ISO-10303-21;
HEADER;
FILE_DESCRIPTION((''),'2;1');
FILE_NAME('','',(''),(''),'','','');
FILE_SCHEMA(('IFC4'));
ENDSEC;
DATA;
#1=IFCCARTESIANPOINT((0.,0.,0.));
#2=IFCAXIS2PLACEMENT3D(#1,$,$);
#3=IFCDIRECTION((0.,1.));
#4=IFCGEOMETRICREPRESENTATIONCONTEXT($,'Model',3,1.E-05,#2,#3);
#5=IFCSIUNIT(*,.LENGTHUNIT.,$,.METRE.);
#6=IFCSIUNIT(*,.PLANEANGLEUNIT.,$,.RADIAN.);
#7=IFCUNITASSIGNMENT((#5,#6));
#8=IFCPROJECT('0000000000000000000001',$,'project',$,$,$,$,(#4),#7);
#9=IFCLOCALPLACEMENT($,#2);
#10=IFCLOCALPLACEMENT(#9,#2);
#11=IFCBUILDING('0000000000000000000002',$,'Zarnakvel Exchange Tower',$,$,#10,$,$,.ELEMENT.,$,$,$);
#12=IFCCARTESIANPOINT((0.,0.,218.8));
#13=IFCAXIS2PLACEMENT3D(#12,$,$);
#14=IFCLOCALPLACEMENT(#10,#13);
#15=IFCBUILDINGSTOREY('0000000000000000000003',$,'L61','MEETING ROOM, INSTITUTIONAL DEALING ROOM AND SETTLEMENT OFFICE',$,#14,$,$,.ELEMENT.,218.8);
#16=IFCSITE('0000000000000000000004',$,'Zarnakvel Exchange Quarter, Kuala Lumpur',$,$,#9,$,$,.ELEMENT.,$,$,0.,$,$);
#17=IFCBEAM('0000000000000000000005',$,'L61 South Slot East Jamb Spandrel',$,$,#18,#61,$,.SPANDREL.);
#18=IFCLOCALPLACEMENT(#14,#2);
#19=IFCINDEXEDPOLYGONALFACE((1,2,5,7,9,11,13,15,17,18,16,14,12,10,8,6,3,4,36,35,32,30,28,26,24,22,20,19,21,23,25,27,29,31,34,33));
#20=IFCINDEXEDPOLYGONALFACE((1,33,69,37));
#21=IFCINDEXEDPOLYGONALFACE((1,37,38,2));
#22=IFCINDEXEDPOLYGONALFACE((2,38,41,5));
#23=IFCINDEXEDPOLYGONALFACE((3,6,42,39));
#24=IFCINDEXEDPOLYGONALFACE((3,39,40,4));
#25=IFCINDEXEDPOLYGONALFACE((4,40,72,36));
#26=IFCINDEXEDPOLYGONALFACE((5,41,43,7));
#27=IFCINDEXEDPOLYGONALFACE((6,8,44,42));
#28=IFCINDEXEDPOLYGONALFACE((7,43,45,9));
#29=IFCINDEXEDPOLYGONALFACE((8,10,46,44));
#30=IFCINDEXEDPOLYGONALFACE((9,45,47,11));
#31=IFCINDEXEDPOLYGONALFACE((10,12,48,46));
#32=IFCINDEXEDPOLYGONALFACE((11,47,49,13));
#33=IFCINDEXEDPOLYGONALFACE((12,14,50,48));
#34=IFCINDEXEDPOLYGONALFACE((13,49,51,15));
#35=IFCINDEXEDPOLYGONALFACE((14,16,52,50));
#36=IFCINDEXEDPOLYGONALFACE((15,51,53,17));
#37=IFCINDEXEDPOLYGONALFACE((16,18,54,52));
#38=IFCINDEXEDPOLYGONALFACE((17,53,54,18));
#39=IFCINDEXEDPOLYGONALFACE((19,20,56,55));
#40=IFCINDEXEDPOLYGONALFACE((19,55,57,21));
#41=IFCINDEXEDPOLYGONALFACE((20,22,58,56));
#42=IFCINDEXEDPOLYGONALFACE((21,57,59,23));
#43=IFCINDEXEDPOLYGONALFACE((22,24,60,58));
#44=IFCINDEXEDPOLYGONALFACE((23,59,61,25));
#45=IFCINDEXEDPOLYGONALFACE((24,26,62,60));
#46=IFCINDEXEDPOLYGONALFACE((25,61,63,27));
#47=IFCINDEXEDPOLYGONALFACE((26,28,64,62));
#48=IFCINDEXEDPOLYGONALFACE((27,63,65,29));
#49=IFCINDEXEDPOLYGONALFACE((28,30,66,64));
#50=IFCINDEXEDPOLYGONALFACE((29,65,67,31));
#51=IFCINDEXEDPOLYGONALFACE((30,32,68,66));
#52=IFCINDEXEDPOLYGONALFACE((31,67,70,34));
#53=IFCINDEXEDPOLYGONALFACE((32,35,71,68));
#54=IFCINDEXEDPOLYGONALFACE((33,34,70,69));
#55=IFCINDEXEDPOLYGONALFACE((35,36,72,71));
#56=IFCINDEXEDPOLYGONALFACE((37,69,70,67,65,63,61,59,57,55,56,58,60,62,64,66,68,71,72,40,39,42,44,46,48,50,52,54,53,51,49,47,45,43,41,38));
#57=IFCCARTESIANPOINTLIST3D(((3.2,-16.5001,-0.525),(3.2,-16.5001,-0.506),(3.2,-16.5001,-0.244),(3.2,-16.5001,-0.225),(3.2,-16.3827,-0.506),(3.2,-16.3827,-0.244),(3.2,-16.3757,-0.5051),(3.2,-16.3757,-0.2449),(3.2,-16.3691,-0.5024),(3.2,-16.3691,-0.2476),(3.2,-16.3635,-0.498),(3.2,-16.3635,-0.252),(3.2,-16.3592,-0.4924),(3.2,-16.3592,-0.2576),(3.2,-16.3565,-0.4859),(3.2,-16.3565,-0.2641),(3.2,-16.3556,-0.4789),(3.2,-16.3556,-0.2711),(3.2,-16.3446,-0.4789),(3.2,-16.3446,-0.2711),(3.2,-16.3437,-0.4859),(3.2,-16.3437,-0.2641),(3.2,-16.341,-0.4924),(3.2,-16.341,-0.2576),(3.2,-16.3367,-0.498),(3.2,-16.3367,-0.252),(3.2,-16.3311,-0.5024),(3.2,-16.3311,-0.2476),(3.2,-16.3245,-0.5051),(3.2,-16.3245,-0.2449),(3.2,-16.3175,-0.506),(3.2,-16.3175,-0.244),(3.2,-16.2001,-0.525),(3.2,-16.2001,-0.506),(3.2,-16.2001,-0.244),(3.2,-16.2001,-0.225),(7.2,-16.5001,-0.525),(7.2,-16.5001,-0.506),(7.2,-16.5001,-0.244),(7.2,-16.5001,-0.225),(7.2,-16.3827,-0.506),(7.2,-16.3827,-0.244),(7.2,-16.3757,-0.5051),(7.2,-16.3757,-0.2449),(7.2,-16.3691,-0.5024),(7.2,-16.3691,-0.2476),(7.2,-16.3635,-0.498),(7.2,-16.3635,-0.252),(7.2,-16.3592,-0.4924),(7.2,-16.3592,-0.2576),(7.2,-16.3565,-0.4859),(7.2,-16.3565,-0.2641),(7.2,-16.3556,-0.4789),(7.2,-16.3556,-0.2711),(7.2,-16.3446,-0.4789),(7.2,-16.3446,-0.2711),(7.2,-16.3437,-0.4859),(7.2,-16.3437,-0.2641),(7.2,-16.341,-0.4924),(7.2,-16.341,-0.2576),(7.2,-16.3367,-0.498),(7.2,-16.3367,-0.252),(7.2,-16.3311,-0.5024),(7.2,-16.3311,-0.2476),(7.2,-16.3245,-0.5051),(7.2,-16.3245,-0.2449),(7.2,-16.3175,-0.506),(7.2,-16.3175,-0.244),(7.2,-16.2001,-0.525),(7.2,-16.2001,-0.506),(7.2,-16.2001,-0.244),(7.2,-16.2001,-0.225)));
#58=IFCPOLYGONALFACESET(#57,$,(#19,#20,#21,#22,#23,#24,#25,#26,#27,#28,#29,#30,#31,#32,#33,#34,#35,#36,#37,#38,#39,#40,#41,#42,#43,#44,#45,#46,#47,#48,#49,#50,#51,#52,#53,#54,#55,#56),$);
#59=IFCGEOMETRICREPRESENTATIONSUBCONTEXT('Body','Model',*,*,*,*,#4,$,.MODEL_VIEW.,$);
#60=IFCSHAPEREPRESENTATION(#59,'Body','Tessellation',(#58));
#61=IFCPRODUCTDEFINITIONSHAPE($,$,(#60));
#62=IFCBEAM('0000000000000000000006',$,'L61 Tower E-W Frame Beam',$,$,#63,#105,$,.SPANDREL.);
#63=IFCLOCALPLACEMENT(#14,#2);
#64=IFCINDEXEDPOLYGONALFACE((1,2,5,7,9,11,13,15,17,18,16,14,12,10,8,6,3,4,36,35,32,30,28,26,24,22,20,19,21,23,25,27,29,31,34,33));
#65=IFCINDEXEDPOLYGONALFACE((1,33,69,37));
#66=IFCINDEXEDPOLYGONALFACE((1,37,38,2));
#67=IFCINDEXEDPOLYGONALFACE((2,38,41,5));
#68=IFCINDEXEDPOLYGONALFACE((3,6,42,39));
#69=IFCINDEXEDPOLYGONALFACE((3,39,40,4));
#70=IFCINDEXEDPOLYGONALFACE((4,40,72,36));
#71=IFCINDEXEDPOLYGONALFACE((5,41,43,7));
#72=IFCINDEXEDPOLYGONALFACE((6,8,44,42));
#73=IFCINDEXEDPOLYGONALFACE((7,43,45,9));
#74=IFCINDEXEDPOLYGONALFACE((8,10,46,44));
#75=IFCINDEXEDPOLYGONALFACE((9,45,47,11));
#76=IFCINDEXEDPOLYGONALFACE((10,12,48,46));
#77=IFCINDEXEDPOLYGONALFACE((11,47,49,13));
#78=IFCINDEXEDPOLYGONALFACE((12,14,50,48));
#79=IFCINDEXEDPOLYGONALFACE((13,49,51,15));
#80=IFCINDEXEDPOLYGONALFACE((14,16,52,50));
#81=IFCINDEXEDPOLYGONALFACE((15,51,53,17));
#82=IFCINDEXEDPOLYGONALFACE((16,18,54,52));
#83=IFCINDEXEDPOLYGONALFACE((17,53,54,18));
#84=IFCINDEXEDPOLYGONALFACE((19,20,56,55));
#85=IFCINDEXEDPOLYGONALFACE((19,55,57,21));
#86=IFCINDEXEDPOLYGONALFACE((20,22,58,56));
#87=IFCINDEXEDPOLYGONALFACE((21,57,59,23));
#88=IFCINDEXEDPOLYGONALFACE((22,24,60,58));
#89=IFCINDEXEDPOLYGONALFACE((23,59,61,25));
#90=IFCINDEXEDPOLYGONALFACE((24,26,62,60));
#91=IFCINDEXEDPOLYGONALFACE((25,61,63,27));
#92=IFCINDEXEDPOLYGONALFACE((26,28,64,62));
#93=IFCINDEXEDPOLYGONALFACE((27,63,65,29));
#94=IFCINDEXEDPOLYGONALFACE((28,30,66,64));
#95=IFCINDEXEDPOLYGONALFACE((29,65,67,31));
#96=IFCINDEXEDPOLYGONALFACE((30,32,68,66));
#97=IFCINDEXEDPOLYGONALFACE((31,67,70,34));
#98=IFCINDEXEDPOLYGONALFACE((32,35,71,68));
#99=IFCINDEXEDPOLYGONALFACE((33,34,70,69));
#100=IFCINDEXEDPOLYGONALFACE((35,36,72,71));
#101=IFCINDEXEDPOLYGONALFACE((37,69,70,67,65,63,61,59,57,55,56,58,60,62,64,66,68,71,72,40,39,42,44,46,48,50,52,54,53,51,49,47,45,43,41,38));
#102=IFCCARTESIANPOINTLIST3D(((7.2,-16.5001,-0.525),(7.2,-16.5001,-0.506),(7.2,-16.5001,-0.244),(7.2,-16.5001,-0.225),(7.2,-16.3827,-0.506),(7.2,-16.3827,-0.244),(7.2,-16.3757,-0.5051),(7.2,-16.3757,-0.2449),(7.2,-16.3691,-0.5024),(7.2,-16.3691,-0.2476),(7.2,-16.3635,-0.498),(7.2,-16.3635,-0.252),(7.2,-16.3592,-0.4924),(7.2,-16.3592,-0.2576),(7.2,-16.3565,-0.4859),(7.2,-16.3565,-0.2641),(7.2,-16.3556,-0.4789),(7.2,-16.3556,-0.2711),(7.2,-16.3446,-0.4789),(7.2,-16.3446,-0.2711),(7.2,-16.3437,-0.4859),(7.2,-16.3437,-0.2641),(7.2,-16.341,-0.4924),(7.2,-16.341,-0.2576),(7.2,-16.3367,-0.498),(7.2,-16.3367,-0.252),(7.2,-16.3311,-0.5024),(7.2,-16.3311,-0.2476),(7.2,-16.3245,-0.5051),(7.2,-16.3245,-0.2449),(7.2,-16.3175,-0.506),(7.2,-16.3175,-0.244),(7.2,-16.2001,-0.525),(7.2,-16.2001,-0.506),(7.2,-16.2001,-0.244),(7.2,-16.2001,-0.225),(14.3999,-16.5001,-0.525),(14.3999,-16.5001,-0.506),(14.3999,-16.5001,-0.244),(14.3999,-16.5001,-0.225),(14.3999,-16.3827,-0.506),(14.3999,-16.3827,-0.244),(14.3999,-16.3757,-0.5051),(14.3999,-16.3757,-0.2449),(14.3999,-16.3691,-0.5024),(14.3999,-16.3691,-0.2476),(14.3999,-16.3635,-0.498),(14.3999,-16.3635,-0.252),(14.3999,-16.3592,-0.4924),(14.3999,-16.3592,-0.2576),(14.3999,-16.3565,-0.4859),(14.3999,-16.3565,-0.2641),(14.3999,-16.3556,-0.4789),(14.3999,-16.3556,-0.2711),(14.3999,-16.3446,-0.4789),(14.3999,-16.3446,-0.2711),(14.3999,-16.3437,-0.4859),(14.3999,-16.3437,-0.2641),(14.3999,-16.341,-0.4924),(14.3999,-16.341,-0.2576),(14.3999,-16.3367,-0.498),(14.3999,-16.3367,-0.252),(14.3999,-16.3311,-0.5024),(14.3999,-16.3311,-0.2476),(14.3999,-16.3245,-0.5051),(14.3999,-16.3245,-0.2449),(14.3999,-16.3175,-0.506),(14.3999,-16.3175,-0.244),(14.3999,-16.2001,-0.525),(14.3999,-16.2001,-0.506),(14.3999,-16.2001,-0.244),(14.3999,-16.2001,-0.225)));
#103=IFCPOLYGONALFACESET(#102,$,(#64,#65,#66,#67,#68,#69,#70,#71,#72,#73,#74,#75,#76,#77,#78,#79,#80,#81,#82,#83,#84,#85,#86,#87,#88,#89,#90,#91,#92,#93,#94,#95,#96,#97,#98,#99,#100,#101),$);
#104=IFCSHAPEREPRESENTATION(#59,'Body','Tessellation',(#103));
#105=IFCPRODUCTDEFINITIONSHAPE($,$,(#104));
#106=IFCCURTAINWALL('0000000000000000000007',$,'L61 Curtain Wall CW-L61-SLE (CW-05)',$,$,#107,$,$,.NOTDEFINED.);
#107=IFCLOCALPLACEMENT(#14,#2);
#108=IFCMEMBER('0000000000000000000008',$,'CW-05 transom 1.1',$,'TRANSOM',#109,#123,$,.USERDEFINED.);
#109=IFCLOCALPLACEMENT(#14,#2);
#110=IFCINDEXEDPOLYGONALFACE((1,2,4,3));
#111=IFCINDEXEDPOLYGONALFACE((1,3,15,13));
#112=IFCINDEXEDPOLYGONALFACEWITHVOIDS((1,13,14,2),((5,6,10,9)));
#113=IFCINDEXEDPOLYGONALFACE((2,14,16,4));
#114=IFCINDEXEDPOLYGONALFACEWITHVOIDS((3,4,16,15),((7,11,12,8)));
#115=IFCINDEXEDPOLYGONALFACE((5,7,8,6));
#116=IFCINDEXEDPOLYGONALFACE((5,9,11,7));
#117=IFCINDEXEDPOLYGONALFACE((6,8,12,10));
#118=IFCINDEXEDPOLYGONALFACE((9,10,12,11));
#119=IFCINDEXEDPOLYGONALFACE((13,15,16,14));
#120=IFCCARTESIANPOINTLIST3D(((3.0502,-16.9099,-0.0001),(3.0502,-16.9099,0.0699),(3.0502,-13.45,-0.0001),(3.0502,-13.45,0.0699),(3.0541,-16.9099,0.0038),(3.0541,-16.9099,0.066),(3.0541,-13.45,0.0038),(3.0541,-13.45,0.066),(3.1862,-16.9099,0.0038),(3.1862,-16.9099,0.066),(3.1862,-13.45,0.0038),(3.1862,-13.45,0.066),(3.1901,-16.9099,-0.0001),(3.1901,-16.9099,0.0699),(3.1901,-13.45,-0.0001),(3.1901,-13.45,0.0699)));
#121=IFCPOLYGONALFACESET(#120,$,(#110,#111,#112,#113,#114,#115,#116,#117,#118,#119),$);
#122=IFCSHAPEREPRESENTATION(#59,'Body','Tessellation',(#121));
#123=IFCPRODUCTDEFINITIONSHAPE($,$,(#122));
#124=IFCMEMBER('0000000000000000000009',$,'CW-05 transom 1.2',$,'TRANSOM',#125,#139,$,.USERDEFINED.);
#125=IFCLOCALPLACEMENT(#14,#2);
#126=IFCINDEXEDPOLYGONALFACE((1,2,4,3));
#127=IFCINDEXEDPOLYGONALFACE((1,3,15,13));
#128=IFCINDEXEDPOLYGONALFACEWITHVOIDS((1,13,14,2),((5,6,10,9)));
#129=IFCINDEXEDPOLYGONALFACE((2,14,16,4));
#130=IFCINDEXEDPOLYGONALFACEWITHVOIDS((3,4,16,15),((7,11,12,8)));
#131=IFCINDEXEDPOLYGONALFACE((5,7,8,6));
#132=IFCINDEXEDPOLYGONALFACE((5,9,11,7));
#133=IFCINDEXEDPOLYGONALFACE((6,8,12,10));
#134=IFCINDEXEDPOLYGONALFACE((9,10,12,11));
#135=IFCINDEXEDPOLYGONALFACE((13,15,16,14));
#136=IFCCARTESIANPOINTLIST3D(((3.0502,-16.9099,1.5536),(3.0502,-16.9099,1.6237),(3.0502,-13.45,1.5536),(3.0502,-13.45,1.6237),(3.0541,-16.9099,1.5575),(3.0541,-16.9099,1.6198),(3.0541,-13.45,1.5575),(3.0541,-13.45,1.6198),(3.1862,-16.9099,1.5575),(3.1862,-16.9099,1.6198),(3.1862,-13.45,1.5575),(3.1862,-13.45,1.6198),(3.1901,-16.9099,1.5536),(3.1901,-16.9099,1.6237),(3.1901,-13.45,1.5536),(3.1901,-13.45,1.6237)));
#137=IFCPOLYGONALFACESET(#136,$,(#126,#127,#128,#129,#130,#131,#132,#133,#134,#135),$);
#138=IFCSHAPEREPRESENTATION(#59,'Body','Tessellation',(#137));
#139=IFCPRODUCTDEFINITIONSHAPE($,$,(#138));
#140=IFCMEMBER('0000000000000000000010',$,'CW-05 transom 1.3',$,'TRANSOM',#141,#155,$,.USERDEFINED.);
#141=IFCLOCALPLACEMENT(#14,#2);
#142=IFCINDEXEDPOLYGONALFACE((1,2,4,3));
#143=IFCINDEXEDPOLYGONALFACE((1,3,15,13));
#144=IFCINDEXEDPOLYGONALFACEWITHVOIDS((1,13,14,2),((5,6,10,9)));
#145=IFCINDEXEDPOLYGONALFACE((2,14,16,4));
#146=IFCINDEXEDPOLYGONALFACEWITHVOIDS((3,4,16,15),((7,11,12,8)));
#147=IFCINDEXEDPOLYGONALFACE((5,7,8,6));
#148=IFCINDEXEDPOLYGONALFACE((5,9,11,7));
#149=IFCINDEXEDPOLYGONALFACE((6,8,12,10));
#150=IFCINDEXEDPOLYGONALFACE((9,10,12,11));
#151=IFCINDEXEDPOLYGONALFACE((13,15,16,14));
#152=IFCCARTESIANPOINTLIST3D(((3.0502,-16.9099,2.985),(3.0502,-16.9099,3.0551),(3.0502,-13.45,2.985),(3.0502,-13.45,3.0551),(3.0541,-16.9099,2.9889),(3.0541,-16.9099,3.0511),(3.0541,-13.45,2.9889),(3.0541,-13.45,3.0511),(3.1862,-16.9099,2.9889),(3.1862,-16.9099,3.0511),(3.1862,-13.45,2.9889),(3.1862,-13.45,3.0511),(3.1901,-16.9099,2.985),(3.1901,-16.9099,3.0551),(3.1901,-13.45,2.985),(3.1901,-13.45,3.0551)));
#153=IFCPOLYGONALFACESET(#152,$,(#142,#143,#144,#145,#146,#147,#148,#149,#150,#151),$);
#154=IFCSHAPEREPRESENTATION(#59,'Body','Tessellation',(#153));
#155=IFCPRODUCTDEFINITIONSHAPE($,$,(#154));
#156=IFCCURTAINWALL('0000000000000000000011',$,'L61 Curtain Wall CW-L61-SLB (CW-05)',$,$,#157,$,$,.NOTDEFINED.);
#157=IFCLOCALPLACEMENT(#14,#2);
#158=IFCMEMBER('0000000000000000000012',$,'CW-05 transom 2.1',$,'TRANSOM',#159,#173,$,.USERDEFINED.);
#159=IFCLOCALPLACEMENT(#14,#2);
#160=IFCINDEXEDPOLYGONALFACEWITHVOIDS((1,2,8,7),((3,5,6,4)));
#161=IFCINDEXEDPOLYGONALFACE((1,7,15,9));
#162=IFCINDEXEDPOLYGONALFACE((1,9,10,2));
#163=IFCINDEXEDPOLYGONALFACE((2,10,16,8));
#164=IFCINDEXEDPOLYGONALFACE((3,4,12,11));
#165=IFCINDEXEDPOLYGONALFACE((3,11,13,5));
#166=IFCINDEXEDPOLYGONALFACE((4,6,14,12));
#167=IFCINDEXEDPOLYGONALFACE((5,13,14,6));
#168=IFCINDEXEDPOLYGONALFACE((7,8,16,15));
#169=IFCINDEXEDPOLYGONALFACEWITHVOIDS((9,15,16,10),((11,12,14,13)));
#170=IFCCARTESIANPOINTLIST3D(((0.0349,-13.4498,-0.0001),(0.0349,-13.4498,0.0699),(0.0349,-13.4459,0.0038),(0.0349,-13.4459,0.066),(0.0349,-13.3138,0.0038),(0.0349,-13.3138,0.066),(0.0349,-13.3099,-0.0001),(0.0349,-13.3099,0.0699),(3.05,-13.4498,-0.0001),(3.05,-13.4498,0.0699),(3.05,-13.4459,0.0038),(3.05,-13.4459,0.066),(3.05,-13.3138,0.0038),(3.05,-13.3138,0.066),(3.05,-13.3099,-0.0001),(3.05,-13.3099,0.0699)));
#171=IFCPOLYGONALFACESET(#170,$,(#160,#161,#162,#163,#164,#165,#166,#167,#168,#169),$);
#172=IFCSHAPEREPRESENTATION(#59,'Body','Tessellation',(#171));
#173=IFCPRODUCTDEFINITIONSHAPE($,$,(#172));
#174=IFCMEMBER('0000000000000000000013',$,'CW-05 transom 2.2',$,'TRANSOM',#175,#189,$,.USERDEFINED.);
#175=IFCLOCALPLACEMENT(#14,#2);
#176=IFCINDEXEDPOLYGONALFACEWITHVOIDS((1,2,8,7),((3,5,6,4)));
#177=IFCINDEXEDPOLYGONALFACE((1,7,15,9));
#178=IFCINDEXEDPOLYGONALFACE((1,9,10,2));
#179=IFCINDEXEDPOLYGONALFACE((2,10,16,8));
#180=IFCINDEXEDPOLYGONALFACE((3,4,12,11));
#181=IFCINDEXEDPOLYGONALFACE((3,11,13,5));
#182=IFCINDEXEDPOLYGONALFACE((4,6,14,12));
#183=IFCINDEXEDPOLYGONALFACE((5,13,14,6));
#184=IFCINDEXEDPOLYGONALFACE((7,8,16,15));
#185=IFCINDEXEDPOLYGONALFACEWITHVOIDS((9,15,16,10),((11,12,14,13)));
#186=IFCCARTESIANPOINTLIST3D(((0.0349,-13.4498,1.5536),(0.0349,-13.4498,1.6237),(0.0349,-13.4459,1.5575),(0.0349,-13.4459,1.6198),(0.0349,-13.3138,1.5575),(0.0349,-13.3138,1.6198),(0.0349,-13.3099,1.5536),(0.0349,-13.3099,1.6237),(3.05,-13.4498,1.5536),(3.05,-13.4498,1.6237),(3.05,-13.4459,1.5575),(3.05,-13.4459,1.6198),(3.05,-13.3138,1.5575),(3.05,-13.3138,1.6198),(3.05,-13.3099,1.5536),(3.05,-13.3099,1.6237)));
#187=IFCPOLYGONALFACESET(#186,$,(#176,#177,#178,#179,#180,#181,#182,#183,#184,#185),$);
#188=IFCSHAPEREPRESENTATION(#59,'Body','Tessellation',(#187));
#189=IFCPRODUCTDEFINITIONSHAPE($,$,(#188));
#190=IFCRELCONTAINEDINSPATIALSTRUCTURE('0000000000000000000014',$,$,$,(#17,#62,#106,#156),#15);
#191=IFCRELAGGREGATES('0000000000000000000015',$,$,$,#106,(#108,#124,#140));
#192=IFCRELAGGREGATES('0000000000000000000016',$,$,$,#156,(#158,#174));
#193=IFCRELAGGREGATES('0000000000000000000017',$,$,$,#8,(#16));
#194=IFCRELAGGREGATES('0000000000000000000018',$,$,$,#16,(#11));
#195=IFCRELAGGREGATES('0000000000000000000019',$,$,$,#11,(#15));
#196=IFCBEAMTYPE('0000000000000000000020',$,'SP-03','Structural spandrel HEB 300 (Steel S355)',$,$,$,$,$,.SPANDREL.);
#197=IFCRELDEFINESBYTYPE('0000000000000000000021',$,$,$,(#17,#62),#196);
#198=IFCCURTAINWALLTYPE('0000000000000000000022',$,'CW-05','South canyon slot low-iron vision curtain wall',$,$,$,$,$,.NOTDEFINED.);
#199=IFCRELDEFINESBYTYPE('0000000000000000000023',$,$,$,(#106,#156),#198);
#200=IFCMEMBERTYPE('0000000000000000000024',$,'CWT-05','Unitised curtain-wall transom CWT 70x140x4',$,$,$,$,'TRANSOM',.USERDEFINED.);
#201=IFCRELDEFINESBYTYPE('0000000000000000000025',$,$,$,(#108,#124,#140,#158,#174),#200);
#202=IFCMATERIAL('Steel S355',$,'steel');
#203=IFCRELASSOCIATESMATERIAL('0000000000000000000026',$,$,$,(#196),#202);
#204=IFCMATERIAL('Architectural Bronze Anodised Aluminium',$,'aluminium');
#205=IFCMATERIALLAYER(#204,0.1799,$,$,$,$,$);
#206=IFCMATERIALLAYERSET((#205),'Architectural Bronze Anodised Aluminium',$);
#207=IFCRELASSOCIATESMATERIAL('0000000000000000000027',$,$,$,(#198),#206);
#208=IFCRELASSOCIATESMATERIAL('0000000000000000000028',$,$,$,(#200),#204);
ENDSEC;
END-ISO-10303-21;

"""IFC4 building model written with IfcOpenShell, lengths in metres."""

from ifc_helpers import new_model, si_unit, direction, frame, origin, origin_2d, place, context, subcontext, project, spatial, hollow_rectangle, i_section, extrude, source, transform, mapped, material, layer, layer_set, material_profile, profile_set, type_object, element, aggregate, save


model = new_model("IFC4")

# Units and contexts
model_context = context("Model", 3, precision=1e-05, world=origin(), true_north=direction((0.0, 1.0)))
body_context = subcontext(model_context, "Body", "Model", "MODEL_VIEW")
ifc_project = project(units=[si_unit("LENGTHUNIT", "METRE"), si_unit("PLANEANGLEUNIT", "RADIAN")], contexts=[model_context])

# Site, building, storey
site_placement = place(None, origin())
site = spatial("IfcSite", under=ifc_project, at=site_placement, Name="Zarnakvel Exchange Quarter, Kuala Lumpur", CompositionType="ELEMENT", RefElevation=0.0)
building_placement = place(site_placement, origin())
building = spatial("IfcBuilding", under=site, at=building_placement, Name="Zarnakvel Exchange Tower", CompositionType="ELEMENT")
storey_placement = place(building_placement, frame((0.0, 0.0, 218.8)))
storey = spatial("IfcBuildingStorey", under=building, at=storey_placement, Name="L61", Description="MEETING ROOM, INSTITUTIONAL DEALING ROOM AND SETTLEMENT OFFICE", CompositionType="ELEMENT", Elevation=218.8)

# Beams
ifc_material_1 = material(Name="Steel S355", Category="steel")
ifc_material_profile_1 = material_profile(ifc_material_1, i_section(OverallWidth=0.3, OverallDepth=0.3, WebThickness=0.011, FlangeThickness=0.019, FilletRadius=0.0271, at=origin_2d()))
ifc_profile_set_1 = profile_set([ifc_material_profile_1], Name="Steel S355")
beam_type_1 = type_object("IfcBeamType", Name="SP-03", Description="Structural spandrel HEB 300 (Steel S355)", PredefinedType="SPANDREL", material=ifc_profile_set_1)
beam_1_placement = place(storey_placement, frame((3.2, -16.3501, -0.375), z_axis=(1.0, 0.0, 0.0), x_axis=(0.0, 1.0, 0.0)))
element("IfcBeam", 1, at=beam_1_placement, inside=storey, type_object=beam_type_1, Name="L61 South Slot East Jamb Spandrel", PredefinedType="SPANDREL", context=body_context, shape_type="SweptSolid", body=[
    extrude(i_section(OverallWidth=0.3, OverallDepth=0.3, WebThickness=0.011, FlangeThickness=0.019, FilletRadius=0.0271, at=origin_2d()), origin(), (0.0, 0.0, 1.0), 4.0),
])
beam_2_placement = place(storey_placement, frame((7.2, -16.3501, -0.375), z_axis=(1.0, 0.0, 0.0), x_axis=(0.0, 1.0, 0.0)))
element("IfcBeam", 2, at=beam_2_placement, inside=storey, type_object=beam_type_1, Name="L61 Tower E-W Frame Beam", PredefinedType="SPANDREL", context=body_context, shape_type="SweptSolid", body=[
    extrude(i_section(OverallWidth=0.3, OverallDepth=0.3, WebThickness=0.011, FlangeThickness=0.019, FilletRadius=0.0271, at=origin_2d()), origin(), (0.0, 0.0, 1.0), 7.2),
])

# Curtain walls, members
ifc_material_2 = material(Name="Architectural Bronze Anodised Aluminium", Category="aluminium")
ifc_layer_1 = layer(ifc_material_2, 0.1799)
ifc_layer_set_1 = layer_set([ifc_layer_1], Name="Architectural Bronze Anodised Aluminium")
curtain_wall_type = type_object("IfcCurtainWallType", Name="CW-05", Description="South canyon slot low-iron vision curtain wall", PredefinedType="NOTDEFINED", material=ifc_layer_set_1)
curtain_wall_1_placement = place(storey_placement, origin())
curtain_wall_1 = element("IfcCurtainWall", 3, at=curtain_wall_1_placement, inside=storey, type_object=curtain_wall_type, Name="L61 Curtain Wall CW-L61-SLE (CW-05)", PredefinedType="NOTDEFINED")
ifc_material_profile_2 = material_profile(ifc_material_2, hollow_rectangle(XDim=0.1399, YDim=0.0701, WallThickness=0.0039, at=origin_2d()))
ifc_profile_set_2 = profile_set([ifc_material_profile_2], Name="Architectural Bronze Anodised Aluminium")
member_type_1 = type_object("IfcMemberType", Name="CWT-05", Description="Unitised curtain-wall transom CWT 70x140x4", ElementType="TRANSOM", PredefinedType="USERDEFINED", material=ifc_profile_set_2)
shared_shape_1 = source(origin(), body_context, "Body", "SweptSolid", [
    extrude(hollow_rectangle(XDim=0.1399, YDim=0.0701, WallThickness=0.0039, at=origin_2d()), origin(), (0.0, 0.0, 1.0), 3.46),
])
member_1_placement = place(storey_placement, frame((3.1201, -13.45, 0.0349), z_axis=(0.0, -1.0, 0.0), x_axis=(1.0, 0.0, 0.0)))
member_1 = element("IfcMember", 4, at=member_1_placement, type_object=member_type_1, Name="CW-05 transom 1.1", ObjectType="TRANSOM", PredefinedType="USERDEFINED", context=body_context, shape_type="MappedRepresentation", body=[
    mapped(shared_shape_1, transform((0.0, 0.0, 0.0), x_axis=(1.0, 0.0, 0.0), y_axis=(0.0, 1.0, 0.0), z_axis=(0.0, 0.0, 1.0), scale=1.0)),
])
member_2_placement = place(storey_placement, frame((3.1201, -13.45, 1.5886), z_axis=(0.0, -1.0, 0.0), x_axis=(1.0, 0.0, 0.0)))
member_2 = element("IfcMember", 5, at=member_2_placement, type_object=member_type_1, Name="CW-05 transom 1.2", ObjectType="TRANSOM", PredefinedType="USERDEFINED", context=body_context, shape_type="MappedRepresentation", body=[
    mapped(shared_shape_1, transform((0.0, 0.0, 0.0), x_axis=(1.0, 0.0, 0.0), y_axis=(0.0, 1.0, 0.0), z_axis=(0.0, 0.0, 1.0), scale=1.0)),
])
member_3_placement = place(storey_placement, frame((3.1201, -13.45, 3.02), z_axis=(0.0, -1.0, 0.0), x_axis=(1.0, 0.0, 0.0)))
member_3 = element("IfcMember", 6, at=member_3_placement, type_object=member_type_1, Name="CW-05 transom 1.3", ObjectType="TRANSOM", PredefinedType="USERDEFINED", context=body_context, shape_type="MappedRepresentation", body=[
    mapped(shared_shape_1, transform((0.0, 0.0, 0.0), x_axis=(1.0, 0.0, 0.0), y_axis=(0.0, 1.0, 0.0), z_axis=(0.0, 0.0, 1.0), scale=1.0)),
])
curtain_wall_2_placement = place(storey_placement, origin())
curtain_wall_2 = element("IfcCurtainWall", 7, at=curtain_wall_2_placement, inside=storey, type_object=curtain_wall_type, Name="L61 Curtain Wall CW-L61-SLB (CW-05)", PredefinedType="NOTDEFINED")
shared_shape_2 = source(origin(), body_context, "Body", "SweptSolid", [
    extrude(hollow_rectangle(XDim=0.1399, YDim=0.0701, WallThickness=0.0039, at=origin_2d()), origin(), (0.0, 0.0, 1.0), 3.0151),
])
member_4_placement = place(storey_placement, frame((0.0349, -13.3799, 0.0349), z_axis=(1.0, 0.0, 0.0), x_axis=(0.0, 1.0, 0.0)))
member_4 = element("IfcMember", 8, at=member_4_placement, type_object=member_type_1, Name="CW-05 transom 2.1", ObjectType="TRANSOM", PredefinedType="USERDEFINED", context=body_context, shape_type="MappedRepresentation", body=[
    mapped(shared_shape_2, transform((0.0, 0.0, 0.0), x_axis=(1.0, 0.0, 0.0), y_axis=(0.0, 1.0, 0.0), z_axis=(0.0, 0.0, 1.0), scale=1.0)),
])
member_5_placement = place(storey_placement, frame((0.0349, -13.3799, 1.5886), z_axis=(1.0, 0.0, 0.0), x_axis=(0.0, 1.0, 0.0)))
member_5 = element("IfcMember", 9, at=member_5_placement, type_object=member_type_1, Name="CW-05 transom 2.2", ObjectType="TRANSOM", PredefinedType="USERDEFINED", context=body_context, shape_type="MappedRepresentation", body=[
    mapped(shared_shape_2, transform((0.0, 0.0, 0.0), x_axis=(1.0, 0.0, 0.0), y_axis=(0.0, 1.0, 0.0), z_axis=(0.0, 0.0, 1.0), scale=1.0)),
])

aggregate(curtain_wall_1, [member_1, member_2, member_3])
aggregate(curtain_wall_2, [member_4, member_5])

save(model, "model.ifc")
